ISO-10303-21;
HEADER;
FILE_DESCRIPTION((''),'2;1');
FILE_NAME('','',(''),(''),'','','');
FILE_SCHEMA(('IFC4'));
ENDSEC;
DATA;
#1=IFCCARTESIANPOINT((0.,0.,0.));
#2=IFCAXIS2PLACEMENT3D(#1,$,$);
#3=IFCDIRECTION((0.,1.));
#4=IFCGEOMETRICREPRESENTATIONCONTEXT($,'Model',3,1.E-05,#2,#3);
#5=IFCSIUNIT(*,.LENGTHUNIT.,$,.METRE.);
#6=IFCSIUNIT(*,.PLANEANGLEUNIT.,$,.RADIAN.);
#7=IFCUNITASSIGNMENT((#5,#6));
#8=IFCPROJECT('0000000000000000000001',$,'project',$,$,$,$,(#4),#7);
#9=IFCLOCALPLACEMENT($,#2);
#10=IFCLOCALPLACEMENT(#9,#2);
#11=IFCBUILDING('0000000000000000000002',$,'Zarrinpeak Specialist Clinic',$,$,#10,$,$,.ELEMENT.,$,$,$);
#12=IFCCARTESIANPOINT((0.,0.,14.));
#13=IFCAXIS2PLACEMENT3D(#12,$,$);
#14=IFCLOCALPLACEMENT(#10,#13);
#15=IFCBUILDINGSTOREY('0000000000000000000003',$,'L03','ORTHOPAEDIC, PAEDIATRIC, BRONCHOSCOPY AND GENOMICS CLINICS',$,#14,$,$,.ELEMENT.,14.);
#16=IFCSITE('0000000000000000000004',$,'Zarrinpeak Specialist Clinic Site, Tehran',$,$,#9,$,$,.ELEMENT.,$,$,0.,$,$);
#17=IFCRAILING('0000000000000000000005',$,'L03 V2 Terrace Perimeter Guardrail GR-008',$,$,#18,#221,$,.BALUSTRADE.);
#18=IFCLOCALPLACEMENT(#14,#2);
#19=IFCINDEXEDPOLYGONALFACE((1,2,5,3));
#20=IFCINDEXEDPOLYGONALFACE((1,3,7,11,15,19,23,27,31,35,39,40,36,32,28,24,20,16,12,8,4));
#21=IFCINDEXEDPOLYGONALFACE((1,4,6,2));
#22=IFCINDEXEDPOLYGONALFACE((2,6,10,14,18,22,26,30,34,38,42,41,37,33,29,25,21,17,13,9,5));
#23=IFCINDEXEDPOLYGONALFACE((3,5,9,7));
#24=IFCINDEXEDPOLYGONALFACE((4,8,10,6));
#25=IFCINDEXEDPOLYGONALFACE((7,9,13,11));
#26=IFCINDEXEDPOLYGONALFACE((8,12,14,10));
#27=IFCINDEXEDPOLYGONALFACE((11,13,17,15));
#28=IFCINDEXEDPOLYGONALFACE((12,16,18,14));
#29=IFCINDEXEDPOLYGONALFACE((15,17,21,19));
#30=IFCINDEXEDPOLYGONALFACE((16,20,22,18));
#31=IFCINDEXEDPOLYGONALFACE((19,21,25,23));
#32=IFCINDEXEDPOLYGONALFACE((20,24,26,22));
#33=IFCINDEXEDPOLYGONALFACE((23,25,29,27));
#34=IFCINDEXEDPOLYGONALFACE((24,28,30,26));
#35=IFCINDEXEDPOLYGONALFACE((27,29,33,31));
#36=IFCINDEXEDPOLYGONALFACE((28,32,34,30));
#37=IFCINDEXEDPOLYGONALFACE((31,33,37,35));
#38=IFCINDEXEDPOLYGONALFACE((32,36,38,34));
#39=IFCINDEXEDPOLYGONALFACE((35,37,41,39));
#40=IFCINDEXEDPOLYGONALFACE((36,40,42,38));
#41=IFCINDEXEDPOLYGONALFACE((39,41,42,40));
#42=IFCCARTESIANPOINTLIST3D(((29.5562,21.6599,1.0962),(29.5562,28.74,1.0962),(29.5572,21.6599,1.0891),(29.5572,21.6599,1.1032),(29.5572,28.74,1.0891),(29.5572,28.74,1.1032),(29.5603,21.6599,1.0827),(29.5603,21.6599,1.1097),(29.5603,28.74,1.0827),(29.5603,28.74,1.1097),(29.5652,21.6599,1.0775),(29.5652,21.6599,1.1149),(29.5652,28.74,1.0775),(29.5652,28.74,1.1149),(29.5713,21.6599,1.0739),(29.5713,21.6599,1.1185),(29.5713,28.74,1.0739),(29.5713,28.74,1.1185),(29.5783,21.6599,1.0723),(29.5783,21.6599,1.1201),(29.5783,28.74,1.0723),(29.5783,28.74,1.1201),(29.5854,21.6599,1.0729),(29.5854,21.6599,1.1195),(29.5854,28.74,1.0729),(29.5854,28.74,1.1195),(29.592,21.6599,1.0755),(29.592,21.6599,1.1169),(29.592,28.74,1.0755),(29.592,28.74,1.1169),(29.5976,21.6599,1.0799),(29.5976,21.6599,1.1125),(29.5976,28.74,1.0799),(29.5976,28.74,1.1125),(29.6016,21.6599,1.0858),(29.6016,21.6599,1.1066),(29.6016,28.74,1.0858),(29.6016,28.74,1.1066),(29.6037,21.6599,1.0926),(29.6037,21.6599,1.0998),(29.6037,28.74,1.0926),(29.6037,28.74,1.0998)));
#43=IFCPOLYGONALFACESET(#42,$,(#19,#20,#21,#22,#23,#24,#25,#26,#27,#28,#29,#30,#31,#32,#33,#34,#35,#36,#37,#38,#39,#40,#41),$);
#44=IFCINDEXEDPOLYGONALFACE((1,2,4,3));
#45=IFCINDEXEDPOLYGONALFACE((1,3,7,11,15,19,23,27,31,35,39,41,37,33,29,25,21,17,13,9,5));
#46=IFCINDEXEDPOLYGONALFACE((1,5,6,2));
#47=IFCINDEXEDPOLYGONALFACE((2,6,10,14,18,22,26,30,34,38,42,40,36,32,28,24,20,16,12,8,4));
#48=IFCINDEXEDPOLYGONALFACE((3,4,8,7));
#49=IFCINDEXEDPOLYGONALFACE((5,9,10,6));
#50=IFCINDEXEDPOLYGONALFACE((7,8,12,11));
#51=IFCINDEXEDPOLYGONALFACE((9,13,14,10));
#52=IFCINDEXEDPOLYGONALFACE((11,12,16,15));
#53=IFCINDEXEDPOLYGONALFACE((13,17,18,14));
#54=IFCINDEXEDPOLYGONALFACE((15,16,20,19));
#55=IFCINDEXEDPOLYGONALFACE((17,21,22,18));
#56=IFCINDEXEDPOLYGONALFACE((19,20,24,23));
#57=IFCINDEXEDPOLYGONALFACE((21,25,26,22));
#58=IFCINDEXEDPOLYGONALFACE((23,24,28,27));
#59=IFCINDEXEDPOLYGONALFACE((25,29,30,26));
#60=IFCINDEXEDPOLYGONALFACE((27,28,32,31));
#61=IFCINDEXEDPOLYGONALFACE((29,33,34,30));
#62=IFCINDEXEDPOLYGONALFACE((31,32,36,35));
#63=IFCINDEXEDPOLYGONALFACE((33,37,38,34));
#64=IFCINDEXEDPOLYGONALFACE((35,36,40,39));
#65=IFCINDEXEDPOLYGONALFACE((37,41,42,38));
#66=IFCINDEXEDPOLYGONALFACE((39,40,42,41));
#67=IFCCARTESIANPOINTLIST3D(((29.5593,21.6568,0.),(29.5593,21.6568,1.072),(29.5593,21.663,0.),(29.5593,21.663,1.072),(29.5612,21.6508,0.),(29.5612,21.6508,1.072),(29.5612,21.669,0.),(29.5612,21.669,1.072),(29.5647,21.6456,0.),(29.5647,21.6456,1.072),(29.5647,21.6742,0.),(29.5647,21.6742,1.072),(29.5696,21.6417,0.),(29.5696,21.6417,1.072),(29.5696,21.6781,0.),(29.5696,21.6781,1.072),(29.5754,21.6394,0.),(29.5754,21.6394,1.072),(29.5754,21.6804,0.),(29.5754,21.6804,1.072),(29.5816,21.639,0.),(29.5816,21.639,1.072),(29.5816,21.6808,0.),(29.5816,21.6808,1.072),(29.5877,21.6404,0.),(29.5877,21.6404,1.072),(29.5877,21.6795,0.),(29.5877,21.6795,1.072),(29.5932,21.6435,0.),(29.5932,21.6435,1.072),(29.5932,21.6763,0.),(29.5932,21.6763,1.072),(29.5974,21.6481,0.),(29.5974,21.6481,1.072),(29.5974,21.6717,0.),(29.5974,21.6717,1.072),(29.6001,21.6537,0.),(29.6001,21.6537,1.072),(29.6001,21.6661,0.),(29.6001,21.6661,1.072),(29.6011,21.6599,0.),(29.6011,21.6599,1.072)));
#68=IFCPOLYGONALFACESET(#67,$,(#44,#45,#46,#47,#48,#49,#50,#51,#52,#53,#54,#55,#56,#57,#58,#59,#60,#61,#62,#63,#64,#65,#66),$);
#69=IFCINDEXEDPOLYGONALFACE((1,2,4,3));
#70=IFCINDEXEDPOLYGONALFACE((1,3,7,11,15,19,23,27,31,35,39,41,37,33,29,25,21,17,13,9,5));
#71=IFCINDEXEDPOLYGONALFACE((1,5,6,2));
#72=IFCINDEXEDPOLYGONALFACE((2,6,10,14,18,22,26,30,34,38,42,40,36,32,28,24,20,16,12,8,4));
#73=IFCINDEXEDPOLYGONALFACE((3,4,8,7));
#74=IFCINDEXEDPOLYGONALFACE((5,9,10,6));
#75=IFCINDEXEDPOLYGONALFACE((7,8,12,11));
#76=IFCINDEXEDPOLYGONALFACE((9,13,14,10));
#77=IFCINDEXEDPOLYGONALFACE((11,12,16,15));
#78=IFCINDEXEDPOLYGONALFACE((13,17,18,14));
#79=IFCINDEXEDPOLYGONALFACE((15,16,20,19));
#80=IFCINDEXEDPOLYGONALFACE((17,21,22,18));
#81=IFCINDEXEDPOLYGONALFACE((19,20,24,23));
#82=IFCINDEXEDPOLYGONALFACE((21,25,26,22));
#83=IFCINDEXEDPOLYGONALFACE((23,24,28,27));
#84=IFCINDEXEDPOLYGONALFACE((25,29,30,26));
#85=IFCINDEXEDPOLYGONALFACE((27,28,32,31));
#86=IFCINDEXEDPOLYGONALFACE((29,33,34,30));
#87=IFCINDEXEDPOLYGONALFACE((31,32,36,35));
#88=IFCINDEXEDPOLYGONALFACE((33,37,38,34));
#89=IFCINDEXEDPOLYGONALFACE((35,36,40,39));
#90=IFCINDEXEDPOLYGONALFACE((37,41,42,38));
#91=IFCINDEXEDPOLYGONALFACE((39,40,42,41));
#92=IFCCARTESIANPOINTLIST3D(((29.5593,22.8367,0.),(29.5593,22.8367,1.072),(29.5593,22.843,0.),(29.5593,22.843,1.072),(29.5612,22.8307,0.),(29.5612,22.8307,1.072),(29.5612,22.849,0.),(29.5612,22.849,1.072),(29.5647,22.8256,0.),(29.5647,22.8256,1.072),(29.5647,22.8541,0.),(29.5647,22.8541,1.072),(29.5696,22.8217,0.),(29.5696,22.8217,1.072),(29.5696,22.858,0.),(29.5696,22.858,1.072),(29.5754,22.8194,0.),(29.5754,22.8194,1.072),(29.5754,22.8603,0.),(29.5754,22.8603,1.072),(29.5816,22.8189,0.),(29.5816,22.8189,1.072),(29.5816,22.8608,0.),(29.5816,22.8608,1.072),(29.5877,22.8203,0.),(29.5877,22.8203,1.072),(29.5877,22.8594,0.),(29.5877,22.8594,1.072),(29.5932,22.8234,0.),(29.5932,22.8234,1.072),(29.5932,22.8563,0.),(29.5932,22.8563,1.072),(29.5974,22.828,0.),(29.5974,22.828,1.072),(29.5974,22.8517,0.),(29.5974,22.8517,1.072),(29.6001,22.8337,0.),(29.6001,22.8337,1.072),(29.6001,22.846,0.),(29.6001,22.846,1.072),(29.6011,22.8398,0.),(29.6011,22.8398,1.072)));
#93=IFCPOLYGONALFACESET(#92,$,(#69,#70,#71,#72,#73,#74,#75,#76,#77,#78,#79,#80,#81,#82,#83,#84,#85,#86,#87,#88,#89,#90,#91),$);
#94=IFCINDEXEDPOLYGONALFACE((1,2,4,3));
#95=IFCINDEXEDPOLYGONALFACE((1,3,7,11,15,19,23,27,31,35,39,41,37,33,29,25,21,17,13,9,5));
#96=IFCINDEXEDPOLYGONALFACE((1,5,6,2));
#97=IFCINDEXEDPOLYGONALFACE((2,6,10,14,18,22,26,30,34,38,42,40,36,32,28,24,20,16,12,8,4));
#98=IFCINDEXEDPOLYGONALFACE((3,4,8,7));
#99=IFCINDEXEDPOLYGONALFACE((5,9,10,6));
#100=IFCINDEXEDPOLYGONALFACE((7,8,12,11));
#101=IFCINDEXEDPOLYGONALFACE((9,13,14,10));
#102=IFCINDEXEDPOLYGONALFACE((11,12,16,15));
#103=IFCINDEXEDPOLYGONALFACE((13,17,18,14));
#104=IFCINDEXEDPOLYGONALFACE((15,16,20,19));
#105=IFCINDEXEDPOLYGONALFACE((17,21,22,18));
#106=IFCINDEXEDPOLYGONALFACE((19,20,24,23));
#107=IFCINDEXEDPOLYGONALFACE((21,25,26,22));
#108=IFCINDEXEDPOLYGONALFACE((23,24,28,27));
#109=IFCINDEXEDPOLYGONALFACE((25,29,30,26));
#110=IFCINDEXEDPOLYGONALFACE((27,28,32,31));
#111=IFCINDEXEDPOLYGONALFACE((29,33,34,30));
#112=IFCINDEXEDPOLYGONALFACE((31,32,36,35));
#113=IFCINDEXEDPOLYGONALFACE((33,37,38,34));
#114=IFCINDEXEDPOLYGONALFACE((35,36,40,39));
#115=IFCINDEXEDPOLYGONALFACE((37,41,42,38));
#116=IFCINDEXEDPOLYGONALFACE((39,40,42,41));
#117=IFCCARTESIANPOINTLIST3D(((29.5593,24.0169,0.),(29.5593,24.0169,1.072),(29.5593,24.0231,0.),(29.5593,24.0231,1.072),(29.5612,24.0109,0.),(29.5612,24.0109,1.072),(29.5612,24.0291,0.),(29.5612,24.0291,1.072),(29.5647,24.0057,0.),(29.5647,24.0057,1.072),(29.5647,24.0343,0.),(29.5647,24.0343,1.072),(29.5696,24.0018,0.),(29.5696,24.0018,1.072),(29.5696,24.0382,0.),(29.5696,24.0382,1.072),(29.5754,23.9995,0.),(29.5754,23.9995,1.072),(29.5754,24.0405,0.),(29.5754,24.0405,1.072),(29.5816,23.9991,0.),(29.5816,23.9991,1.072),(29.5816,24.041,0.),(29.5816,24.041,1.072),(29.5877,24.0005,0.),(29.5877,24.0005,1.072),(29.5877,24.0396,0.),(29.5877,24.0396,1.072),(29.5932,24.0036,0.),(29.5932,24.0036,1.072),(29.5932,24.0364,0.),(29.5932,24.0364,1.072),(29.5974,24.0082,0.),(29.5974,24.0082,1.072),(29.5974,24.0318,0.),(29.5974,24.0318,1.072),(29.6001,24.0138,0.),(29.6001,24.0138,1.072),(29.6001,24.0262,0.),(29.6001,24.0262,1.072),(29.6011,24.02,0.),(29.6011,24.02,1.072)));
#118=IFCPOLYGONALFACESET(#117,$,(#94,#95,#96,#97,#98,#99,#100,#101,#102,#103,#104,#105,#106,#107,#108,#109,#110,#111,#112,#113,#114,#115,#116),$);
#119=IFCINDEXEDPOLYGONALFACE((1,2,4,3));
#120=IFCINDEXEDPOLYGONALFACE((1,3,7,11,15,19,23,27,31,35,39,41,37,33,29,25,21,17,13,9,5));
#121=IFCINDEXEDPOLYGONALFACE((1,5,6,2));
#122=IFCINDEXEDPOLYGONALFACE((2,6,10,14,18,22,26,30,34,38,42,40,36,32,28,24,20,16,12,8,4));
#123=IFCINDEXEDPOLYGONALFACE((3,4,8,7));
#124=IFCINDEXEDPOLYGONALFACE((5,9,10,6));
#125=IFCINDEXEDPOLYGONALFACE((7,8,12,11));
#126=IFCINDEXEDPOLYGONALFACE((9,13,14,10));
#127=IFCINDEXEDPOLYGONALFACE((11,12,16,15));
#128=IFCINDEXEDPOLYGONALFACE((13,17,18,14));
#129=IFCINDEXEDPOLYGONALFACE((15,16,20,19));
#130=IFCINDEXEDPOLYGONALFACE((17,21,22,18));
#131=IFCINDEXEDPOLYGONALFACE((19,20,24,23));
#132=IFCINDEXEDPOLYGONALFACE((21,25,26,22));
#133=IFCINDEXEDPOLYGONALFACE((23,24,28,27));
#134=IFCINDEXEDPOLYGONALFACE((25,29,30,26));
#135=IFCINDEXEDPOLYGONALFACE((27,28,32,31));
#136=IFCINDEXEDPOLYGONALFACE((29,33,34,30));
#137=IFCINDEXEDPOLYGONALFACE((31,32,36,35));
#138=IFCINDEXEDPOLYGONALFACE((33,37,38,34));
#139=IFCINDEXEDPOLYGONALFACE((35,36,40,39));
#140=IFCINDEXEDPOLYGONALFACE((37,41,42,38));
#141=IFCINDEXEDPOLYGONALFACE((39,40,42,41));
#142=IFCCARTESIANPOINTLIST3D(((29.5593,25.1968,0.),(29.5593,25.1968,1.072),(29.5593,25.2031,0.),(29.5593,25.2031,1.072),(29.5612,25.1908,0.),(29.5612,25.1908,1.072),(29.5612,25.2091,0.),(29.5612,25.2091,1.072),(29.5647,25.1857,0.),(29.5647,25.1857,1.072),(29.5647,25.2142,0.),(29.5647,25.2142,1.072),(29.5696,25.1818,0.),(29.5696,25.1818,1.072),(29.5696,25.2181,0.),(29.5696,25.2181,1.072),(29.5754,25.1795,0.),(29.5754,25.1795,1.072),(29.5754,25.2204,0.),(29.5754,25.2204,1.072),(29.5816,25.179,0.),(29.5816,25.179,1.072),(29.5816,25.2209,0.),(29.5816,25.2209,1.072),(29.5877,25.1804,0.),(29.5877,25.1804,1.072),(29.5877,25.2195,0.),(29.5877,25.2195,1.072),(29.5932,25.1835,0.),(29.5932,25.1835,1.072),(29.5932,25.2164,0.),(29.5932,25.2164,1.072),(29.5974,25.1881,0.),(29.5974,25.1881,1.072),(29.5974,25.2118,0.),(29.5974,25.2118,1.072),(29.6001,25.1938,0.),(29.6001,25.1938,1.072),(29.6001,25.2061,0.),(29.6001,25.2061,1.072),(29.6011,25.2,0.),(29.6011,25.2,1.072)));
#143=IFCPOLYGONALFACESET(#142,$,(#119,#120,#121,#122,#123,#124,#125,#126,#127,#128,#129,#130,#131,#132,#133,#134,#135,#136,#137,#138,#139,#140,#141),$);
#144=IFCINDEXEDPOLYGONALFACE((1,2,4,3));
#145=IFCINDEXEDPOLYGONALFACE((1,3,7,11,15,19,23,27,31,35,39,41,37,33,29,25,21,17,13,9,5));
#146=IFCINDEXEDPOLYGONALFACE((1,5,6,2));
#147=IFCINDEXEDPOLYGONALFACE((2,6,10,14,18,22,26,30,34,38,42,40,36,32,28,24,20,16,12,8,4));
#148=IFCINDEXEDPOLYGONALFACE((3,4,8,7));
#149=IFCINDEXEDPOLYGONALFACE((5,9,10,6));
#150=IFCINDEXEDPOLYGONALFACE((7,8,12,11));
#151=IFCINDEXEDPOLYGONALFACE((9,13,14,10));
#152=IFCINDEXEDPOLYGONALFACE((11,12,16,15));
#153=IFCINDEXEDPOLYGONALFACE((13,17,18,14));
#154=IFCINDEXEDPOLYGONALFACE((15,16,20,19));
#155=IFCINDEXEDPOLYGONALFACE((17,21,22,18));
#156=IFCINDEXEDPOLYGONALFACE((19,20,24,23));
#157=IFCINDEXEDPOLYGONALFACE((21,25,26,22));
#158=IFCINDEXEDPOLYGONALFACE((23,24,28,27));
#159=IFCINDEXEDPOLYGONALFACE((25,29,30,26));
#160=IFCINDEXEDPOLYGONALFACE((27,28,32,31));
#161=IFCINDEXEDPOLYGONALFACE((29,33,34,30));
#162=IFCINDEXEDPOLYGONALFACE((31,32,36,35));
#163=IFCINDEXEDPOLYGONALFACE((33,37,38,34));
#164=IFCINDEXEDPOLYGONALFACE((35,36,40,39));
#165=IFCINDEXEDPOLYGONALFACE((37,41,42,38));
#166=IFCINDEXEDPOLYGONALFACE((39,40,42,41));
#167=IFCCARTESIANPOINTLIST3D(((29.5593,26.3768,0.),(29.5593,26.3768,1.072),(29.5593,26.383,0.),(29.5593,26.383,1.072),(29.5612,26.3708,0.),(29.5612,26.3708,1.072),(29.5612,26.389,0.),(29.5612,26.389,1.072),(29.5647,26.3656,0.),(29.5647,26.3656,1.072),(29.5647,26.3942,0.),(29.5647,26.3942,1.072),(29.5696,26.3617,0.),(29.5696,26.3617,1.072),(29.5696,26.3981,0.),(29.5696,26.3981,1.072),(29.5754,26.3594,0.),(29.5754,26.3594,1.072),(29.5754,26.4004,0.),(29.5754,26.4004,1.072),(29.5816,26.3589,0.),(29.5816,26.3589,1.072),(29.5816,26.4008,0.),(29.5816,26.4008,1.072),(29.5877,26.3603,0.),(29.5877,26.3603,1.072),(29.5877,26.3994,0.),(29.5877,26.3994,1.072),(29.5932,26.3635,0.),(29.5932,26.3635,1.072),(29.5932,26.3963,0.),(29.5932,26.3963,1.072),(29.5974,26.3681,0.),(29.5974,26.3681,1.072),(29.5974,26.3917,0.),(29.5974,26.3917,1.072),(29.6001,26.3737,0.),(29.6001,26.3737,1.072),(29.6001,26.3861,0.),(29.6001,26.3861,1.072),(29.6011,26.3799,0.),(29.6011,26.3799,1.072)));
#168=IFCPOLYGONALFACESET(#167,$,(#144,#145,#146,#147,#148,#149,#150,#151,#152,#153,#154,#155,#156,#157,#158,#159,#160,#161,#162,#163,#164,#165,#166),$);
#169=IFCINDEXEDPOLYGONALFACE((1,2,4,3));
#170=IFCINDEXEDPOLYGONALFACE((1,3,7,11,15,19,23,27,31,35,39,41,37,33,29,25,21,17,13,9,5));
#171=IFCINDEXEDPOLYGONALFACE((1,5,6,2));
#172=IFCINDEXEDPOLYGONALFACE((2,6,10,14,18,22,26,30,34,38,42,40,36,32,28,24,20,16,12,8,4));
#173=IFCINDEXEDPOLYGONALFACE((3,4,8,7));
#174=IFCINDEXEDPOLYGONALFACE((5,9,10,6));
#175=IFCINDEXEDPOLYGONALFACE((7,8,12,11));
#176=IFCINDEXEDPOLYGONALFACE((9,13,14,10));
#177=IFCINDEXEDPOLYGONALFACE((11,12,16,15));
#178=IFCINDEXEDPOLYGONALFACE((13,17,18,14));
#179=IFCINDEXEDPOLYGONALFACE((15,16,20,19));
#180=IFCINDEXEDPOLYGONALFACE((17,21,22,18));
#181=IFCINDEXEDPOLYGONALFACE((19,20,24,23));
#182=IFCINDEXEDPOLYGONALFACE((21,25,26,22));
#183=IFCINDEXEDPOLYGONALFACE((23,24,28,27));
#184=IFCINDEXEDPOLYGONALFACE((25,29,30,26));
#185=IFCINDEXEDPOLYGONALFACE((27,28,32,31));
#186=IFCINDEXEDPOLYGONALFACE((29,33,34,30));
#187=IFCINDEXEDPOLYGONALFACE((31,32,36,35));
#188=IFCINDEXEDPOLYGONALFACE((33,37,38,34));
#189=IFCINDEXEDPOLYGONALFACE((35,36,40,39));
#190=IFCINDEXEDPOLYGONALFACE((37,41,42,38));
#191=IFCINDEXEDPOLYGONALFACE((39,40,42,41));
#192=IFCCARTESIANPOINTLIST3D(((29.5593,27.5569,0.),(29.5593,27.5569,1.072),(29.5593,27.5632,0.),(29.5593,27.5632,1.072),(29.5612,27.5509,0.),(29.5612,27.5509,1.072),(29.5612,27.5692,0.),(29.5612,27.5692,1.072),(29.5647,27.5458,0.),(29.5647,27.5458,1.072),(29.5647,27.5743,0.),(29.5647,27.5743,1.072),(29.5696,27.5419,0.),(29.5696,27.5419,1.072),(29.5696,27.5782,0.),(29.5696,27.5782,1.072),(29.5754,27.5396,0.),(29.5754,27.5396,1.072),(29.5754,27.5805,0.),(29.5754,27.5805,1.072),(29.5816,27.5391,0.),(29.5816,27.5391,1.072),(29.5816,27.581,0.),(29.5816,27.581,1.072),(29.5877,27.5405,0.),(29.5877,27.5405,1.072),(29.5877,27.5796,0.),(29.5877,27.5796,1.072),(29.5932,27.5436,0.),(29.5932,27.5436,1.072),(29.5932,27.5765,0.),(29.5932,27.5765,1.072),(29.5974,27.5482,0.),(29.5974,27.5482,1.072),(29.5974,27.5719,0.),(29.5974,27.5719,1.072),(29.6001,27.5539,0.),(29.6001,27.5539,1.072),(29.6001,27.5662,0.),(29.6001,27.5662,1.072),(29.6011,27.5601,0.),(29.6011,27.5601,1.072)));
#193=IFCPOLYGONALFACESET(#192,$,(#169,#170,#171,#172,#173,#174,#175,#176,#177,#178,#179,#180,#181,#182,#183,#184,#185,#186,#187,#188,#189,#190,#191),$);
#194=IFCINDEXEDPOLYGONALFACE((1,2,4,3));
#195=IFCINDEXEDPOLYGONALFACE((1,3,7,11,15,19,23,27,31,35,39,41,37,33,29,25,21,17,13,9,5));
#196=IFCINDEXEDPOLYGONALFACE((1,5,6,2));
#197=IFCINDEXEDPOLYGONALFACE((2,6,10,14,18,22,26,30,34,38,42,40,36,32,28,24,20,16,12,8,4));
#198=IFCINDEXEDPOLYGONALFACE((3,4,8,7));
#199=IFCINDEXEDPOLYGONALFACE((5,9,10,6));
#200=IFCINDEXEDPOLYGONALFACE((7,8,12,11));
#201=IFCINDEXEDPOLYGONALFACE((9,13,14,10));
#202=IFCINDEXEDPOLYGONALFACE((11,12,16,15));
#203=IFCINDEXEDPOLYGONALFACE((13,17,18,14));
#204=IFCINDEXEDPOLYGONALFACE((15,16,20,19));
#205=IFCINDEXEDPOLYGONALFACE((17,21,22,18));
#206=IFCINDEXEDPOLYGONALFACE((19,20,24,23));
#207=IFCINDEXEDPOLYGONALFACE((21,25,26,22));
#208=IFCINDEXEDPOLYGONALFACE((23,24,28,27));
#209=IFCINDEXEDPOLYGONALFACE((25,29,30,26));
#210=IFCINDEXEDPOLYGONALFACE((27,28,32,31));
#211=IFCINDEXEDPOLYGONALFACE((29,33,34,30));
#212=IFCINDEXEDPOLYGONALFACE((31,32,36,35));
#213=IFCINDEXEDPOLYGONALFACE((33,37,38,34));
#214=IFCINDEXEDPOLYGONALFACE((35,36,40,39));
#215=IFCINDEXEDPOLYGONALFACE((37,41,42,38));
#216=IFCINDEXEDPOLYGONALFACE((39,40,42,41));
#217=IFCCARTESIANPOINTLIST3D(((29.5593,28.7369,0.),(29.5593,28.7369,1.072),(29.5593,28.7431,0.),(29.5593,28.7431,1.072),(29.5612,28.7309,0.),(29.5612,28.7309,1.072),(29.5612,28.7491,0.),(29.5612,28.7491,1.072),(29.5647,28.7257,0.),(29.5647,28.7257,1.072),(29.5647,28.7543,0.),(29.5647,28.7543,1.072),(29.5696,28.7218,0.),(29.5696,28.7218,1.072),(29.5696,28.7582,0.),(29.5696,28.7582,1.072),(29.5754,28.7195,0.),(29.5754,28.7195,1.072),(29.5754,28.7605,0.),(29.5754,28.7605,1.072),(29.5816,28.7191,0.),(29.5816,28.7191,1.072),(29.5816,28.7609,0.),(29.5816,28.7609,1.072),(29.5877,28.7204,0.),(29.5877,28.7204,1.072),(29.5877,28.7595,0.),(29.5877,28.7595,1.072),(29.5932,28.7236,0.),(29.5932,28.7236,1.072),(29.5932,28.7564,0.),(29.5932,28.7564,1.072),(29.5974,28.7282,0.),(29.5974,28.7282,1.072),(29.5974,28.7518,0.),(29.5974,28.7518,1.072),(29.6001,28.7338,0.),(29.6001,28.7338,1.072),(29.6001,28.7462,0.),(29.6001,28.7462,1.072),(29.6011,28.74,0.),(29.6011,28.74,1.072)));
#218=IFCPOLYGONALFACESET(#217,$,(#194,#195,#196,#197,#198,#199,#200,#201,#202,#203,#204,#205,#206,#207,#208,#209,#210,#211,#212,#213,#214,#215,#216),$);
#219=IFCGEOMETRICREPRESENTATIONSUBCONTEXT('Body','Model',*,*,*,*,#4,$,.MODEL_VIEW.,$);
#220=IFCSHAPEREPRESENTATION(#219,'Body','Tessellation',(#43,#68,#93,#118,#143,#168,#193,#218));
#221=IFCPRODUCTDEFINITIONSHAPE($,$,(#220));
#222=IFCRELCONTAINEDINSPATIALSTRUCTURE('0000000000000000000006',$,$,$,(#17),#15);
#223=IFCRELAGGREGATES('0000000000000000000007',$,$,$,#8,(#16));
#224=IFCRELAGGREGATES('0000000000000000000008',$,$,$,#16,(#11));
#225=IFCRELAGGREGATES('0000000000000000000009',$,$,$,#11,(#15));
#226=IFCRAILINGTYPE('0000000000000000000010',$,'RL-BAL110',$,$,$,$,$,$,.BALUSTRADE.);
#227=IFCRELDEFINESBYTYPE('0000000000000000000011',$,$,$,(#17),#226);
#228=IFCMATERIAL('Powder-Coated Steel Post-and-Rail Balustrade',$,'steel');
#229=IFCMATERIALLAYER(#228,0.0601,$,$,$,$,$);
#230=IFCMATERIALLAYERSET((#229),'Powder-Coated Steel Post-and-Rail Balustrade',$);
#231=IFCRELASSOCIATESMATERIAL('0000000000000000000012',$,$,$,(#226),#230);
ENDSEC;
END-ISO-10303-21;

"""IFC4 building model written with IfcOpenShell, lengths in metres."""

from ifc_helpers import new_model, si_unit, direction, frame, origin, origin_2d, place, context, subcontext, project, spatial, circle, extrude, material, layer, layer_set, type_object, element, save


model = new_model("IFC4")

# Units and contexts
model_context = context("Model", 3, precision=1e-05, world=origin(), true_north=direction((0.0, 1.0)))
body_context = subcontext(model_context, "Body", "Model", "MODEL_VIEW")
ifc_project = project(units=[si_unit("LENGTHUNIT", "METRE"), si_unit("PLANEANGLEUNIT", "RADIAN")], contexts=[model_context])

# Site, building, storey
site_placement = place(None, origin())
site = spatial("IfcSite", under=ifc_project, at=site_placement, Name="Zarrinpeak Specialist Clinic Site, Tehran", CompositionType="ELEMENT", RefElevation=0.0)
building_placement = place(site_placement, origin())
building = spatial("IfcBuilding", under=site, at=building_placement, Name="Zarrinpeak Specialist Clinic", CompositionType="ELEMENT")
storey_placement = place(building_placement, frame((0.0, 0.0, 14.0)))
storey = spatial("IfcBuildingStorey", under=building, at=storey_placement, Name="L03", Description="ORTHOPAEDIC, PAEDIATRIC, BRONCHOSCOPY AND GENOMICS CLINICS", CompositionType="ELEMENT", Elevation=14.0)

# Railing
ifc_material_1 = material(Name="Powder-Coated Steel Post-and-Rail Balustrade", Category="steel")
ifc_layer_1 = layer(ifc_material_1, 0.0601)
ifc_layer_set_1 = layer_set([ifc_layer_1], Name="Powder-Coated Steel Post-and-Rail Balustrade")
railing_type = type_object("IfcRailingType", Name="RL-BAL110", PredefinedType="BALUSTRADE", material=ifc_layer_set_1)
railing_placement = place(storey_placement, frame((29.5801, 21.6599, 0.0)))
element("IfcRailing", 1, at=railing_placement, inside=storey, type_object=railing_type, Name="L03 V2 Terrace Perimeter Guardrail GR-008", PredefinedType="BALUSTRADE", context=body_context, shape_type="SweptSolid", body=[
    extrude(circle(Radius=0.0239, at=origin_2d()), frame((0.0, 0.0, 1.0962), z_axis=(0.0, 1.0, 0.0), x_axis=(-1.0, 0.0, 0.0)), (0.0, 0.0, 1.0), 7.0801),
    extrude(circle(Radius=0.021, at=origin_2d()), origin(), (0.0, 0.0, 1.0), 1.072),
    extrude(circle(Radius=0.021, at=origin_2d()), frame((0.0, 1.1799, 0.0)), (0.0, 0.0, 1.0), 1.072),
    extrude(circle(Radius=0.021, at=origin_2d()), frame((0.0, 2.3601, 0.0)), (0.0, 0.0, 1.0), 1.072),
    extrude(circle(Radius=0.021, at=origin_2d()), frame((0.0, 3.54, 0.0)), (0.0, 0.0, 1.0), 1.072),
    extrude(circle(Radius=0.021, at=origin_2d()), frame((0.0, 4.72, 0.0)), (0.0, 0.0, 1.0), 1.072),
    extrude(circle(Radius=0.021, at=origin_2d()), frame((0.0, 5.9001, 0.0)), (0.0, 0.0, 1.0), 1.072),
    extrude(circle(Radius=0.021, at=origin_2d()), frame((0.0, 7.0801, 0.0)), (0.0, 0.0, 1.0), 1.072),
])

save(model, "model.ifc")
